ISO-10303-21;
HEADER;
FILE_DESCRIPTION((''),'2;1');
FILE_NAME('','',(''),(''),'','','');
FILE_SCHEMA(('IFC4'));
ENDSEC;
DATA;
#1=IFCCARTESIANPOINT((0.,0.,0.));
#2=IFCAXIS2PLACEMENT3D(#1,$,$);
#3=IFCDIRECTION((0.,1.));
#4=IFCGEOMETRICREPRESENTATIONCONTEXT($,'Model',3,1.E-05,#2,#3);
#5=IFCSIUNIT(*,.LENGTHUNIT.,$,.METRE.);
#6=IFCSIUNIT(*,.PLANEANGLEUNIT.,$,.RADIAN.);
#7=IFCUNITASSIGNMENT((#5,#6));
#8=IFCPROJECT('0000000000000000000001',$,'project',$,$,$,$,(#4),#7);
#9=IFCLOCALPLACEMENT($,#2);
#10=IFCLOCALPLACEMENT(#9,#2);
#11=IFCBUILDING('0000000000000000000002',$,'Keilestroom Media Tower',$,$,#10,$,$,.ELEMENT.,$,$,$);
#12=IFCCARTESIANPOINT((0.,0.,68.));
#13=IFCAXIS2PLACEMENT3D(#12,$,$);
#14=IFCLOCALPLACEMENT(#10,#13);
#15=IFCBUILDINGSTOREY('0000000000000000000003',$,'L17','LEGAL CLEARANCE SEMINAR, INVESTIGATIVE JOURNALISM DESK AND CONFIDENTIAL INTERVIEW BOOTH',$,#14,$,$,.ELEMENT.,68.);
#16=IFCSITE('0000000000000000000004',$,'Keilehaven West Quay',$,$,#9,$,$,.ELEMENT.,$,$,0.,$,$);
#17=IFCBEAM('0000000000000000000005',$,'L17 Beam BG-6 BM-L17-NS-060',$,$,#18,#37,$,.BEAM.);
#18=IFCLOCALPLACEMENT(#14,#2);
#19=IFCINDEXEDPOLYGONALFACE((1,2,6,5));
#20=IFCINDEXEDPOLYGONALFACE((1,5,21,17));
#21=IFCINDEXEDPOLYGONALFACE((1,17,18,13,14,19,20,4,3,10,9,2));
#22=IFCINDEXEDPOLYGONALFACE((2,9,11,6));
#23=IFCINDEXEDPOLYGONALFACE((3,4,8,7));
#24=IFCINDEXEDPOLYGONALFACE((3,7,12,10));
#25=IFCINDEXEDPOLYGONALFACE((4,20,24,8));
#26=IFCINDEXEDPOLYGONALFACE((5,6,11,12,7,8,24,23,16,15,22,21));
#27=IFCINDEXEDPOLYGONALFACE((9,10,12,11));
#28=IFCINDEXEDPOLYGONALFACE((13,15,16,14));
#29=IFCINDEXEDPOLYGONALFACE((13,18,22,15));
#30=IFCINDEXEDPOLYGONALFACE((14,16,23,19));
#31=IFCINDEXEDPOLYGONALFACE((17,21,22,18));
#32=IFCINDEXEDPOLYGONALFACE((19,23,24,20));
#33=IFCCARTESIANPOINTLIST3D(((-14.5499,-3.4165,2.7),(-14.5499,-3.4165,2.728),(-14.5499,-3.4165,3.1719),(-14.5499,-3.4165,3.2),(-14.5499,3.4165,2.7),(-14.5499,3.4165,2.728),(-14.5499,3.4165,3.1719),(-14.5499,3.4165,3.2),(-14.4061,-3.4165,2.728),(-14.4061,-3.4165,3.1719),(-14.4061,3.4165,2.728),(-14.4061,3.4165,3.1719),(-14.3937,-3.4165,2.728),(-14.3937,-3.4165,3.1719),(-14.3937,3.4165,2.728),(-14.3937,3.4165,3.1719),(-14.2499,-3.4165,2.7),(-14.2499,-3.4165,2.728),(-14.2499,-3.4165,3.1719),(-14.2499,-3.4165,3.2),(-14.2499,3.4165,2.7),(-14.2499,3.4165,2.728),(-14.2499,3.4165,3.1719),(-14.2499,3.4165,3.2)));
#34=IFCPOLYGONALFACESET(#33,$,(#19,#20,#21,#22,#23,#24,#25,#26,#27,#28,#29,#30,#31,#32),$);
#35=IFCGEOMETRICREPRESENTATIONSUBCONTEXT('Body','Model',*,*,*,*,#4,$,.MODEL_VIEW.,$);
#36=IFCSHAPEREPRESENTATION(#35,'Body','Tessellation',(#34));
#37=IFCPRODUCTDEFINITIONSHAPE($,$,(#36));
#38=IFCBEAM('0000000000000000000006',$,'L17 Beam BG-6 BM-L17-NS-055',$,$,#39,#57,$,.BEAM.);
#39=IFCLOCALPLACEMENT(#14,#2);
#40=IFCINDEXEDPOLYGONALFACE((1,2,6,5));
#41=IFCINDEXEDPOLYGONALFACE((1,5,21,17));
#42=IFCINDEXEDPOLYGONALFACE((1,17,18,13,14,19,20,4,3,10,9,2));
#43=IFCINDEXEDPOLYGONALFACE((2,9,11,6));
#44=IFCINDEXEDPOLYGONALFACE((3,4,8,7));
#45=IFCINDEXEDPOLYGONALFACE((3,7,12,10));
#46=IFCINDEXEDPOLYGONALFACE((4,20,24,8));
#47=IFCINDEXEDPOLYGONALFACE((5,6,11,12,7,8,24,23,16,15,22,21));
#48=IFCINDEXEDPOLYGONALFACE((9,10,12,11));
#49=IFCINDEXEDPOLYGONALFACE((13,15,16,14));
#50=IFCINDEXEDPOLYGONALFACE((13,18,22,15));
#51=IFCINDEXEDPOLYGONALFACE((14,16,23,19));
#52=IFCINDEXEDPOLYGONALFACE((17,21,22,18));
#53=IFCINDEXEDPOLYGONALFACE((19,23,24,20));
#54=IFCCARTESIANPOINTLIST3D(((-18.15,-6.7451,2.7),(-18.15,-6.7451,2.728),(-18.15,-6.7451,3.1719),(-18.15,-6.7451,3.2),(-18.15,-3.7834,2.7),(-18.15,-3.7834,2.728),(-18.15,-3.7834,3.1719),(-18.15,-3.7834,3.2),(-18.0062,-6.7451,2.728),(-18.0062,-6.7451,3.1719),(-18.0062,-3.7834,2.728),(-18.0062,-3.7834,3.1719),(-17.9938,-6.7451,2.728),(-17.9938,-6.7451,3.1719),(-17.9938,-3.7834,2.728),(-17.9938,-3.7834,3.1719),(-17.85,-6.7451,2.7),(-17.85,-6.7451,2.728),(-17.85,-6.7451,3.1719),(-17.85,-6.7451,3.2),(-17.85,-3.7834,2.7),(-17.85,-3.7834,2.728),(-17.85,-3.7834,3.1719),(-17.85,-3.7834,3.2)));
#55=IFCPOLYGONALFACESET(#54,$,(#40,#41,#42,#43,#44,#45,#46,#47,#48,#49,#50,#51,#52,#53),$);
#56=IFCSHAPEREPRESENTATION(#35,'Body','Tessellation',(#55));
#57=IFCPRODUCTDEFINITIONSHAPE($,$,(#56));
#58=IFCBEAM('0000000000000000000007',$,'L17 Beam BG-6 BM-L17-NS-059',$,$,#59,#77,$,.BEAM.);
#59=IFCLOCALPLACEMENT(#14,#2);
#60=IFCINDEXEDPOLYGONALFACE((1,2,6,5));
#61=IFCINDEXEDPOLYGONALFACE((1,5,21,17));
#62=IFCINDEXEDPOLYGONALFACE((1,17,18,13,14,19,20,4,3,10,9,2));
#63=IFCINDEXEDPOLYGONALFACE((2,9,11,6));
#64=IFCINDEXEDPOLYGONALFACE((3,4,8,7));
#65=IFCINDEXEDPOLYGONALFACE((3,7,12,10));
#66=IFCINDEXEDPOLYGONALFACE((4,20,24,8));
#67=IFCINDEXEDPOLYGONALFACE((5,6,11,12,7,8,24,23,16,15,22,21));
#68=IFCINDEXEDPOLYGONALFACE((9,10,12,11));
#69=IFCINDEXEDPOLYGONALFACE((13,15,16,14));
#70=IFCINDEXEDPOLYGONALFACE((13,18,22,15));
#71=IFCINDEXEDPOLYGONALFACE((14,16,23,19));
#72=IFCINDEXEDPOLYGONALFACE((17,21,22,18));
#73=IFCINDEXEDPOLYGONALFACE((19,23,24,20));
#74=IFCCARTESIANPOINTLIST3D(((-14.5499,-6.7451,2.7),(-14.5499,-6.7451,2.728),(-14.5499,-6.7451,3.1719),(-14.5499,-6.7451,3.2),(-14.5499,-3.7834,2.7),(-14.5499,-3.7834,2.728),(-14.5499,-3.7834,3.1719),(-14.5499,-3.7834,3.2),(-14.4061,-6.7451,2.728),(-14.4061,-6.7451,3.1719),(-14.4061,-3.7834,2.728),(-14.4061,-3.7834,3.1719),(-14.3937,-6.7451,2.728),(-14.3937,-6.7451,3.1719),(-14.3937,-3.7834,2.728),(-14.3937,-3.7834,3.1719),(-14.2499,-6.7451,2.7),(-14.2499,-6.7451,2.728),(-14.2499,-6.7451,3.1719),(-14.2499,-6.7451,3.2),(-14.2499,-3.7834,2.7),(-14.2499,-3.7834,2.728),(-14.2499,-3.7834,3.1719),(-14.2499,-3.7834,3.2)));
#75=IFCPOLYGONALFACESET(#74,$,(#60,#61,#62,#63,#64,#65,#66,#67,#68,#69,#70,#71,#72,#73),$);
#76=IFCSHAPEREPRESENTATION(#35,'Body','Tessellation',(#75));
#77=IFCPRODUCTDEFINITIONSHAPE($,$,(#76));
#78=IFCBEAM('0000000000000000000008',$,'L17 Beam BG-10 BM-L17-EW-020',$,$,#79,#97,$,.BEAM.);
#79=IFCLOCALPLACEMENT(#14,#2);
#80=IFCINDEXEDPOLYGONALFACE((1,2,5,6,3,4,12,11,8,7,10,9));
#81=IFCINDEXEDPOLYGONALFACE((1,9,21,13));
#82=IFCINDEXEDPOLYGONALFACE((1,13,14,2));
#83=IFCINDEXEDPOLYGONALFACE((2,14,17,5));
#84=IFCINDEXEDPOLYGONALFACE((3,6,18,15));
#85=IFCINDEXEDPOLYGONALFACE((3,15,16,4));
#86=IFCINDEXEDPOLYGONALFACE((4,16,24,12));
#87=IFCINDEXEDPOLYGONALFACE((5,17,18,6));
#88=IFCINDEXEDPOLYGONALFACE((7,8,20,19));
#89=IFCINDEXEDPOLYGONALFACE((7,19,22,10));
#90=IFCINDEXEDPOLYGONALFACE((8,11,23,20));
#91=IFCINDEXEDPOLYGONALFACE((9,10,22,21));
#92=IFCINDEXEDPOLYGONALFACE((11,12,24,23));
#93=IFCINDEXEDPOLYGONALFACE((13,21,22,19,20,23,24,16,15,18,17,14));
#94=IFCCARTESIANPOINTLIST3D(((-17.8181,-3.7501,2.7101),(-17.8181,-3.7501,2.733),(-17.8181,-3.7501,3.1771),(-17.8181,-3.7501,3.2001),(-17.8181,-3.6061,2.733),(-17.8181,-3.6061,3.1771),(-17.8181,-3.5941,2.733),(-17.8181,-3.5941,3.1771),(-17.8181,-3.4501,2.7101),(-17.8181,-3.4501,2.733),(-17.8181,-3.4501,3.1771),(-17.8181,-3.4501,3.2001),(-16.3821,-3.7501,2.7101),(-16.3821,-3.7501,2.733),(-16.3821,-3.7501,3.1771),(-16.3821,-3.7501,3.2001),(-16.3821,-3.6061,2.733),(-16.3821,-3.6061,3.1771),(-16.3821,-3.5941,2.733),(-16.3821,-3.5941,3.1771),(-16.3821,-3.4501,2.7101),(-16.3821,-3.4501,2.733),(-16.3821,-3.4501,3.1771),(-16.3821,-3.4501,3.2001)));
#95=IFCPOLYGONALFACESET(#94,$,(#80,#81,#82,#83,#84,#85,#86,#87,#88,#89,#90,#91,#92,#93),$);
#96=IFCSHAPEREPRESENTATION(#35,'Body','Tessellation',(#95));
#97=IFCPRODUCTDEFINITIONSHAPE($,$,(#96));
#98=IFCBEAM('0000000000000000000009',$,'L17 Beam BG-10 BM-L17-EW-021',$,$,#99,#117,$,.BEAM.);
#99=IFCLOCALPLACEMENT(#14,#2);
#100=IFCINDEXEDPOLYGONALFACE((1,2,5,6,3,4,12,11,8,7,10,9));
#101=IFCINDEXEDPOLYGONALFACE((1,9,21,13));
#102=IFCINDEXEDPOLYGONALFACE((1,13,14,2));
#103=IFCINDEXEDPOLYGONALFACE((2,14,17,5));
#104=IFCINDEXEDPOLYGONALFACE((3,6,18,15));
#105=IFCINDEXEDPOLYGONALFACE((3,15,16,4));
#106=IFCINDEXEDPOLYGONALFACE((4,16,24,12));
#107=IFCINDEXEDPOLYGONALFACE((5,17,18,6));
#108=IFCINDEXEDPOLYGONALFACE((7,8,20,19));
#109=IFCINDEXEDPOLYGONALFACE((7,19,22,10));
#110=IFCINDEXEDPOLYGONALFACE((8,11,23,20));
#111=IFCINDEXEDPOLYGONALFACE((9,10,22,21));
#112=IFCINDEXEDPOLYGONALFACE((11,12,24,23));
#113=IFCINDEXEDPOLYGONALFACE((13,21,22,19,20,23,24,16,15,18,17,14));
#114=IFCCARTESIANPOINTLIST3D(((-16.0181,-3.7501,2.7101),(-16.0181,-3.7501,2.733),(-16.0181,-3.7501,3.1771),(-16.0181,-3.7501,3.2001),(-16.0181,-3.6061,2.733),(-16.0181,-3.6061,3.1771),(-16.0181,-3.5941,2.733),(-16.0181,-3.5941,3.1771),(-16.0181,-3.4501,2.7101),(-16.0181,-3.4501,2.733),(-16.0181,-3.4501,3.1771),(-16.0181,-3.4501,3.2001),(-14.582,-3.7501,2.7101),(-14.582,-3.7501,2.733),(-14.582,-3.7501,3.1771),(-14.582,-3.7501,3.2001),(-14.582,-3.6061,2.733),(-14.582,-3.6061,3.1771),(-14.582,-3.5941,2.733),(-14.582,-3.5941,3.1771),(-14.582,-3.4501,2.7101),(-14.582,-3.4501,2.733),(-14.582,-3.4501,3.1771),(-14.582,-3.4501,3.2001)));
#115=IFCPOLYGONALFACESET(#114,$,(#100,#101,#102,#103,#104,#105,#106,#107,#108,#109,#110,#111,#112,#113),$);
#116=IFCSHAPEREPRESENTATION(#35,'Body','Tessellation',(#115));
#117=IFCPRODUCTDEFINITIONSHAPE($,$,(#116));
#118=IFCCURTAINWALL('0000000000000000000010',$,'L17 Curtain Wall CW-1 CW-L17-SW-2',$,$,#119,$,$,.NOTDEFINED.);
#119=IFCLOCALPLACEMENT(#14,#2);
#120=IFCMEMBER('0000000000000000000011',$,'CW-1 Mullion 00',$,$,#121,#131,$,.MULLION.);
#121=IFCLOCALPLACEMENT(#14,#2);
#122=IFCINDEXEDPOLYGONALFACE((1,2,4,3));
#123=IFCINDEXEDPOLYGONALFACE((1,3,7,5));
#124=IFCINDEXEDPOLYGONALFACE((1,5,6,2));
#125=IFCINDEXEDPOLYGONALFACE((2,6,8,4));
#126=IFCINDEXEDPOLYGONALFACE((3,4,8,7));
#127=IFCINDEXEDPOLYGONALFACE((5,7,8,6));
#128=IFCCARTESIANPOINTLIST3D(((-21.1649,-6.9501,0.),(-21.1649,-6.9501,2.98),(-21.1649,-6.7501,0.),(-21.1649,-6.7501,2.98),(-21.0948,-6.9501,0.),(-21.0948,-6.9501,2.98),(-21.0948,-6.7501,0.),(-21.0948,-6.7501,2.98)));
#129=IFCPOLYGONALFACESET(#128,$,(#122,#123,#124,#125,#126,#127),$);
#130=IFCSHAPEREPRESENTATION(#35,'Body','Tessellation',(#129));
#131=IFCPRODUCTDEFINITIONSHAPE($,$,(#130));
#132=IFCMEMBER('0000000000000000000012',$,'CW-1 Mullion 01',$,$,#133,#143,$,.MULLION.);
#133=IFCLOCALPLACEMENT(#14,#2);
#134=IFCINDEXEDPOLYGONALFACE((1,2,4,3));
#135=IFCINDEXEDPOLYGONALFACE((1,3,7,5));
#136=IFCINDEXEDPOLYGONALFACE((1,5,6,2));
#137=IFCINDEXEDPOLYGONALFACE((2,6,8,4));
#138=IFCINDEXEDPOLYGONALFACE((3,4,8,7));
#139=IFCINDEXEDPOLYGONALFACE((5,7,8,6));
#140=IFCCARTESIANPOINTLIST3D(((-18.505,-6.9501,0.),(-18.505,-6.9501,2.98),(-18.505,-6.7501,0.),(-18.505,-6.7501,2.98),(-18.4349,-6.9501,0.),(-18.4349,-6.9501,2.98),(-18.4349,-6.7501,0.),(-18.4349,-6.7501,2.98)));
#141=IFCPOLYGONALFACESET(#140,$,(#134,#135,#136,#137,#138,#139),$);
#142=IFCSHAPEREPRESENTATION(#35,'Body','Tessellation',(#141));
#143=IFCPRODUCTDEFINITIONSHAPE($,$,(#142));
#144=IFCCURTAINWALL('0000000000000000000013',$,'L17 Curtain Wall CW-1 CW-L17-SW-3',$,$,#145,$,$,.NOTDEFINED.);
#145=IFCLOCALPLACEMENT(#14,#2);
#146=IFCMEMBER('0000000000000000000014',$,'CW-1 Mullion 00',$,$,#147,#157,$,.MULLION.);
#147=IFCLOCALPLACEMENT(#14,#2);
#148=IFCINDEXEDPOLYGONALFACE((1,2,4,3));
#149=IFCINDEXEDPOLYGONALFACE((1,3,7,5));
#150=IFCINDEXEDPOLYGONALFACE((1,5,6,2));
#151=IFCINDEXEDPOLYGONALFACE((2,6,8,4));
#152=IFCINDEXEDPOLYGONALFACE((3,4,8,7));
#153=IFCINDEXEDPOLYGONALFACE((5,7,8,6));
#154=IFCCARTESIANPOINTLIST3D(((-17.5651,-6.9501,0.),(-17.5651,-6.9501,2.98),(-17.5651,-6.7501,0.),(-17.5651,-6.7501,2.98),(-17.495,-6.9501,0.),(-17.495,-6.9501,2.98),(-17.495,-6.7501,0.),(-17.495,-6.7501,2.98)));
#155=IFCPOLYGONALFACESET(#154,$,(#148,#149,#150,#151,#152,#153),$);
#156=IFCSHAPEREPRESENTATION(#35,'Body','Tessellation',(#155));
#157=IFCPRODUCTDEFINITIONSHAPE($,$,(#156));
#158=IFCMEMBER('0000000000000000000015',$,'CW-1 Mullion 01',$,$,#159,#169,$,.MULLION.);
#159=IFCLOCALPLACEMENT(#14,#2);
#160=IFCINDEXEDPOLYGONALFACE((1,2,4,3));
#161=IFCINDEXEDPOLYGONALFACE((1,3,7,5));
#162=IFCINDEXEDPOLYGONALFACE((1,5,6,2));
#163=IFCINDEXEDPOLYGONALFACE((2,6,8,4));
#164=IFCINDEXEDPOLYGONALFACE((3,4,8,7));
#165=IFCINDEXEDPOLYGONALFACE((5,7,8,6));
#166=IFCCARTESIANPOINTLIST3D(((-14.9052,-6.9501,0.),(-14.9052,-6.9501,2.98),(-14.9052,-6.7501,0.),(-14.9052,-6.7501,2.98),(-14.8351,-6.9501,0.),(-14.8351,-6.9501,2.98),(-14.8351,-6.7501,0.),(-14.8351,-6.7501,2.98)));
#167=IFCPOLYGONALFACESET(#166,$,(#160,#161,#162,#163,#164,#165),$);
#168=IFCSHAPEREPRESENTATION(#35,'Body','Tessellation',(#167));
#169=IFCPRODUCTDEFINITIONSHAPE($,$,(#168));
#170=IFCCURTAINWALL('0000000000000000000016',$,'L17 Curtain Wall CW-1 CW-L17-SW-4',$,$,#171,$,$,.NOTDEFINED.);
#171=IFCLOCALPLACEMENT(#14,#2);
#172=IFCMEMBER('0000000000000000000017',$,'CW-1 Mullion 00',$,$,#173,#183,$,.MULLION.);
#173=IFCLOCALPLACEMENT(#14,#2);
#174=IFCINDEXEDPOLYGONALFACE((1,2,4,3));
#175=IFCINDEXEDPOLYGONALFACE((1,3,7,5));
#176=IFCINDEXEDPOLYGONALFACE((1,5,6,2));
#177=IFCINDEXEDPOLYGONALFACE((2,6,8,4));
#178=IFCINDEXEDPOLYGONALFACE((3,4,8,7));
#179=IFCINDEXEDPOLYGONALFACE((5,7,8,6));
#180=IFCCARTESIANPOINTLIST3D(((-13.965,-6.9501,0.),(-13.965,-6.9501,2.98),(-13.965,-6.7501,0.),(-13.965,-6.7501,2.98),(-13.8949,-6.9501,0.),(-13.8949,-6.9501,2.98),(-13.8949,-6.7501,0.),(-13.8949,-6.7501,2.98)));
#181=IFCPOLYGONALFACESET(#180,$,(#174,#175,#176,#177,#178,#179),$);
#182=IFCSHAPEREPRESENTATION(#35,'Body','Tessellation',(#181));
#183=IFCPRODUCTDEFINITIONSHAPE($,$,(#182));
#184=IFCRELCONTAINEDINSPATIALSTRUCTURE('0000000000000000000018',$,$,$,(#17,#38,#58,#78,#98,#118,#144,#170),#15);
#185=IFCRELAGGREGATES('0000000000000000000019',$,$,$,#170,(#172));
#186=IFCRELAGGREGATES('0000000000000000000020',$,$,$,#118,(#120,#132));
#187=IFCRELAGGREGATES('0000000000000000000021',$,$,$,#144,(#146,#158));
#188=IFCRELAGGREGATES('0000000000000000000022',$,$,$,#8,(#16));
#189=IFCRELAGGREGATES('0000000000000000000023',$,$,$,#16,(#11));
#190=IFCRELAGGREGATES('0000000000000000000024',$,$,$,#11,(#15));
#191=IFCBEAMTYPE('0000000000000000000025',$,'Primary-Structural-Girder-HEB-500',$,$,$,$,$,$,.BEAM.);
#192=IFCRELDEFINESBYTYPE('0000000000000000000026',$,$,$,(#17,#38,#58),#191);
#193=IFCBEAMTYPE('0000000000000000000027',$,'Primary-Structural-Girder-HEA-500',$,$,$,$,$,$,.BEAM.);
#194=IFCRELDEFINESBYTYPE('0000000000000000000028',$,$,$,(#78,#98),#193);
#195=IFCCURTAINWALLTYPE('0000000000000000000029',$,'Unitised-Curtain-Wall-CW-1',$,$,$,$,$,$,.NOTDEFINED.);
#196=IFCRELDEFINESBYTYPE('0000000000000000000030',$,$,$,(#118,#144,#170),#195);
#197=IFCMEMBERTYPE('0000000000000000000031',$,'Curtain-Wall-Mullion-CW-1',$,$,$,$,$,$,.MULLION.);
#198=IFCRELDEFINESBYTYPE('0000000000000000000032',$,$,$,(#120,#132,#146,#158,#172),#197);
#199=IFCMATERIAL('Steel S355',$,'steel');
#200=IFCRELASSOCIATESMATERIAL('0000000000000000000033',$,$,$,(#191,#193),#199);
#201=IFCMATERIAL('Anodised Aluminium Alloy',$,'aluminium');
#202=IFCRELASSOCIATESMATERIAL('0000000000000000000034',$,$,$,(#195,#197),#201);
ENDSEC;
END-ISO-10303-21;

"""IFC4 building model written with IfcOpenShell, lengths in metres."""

from ifc_helpers import new_model, si_unit, direction, frame, origin, origin_2d, place, context, subcontext, project, spatial, rectangle, i_section, extrude, source, transform, mapped, material, material_profile, profile_set, type_object, element, aggregate, save


model = new_model("IFC4")

# Units and contexts
model_context = context("Model", 3, precision=1e-05, world=origin(), true_north=direction((0.0, 1.0)))
body_context = subcontext(model_context, "Body", "Model", "MODEL_VIEW")
ifc_project = project(units=[si_unit("LENGTHUNIT", "METRE"), si_unit("PLANEANGLEUNIT", "RADIAN")], contexts=[model_context])

# Site, building, storey
site_placement = place(None, origin())
site = spatial("IfcSite", under=ifc_project, at=site_placement, Name="Keilehaven West Quay", CompositionType="ELEMENT", RefElevation=0.0)
building_placement = place(site_placement, origin())
building = spatial("IfcBuilding", under=site, at=building_placement, Name="Keilestroom Media Tower", CompositionType="ELEMENT")
storey_placement = place(building_placement, frame((0.0, 0.0, 68.0)))
storey = spatial("IfcBuildingStorey", under=building, at=storey_placement, Name="L17", Description="LEGAL CLEARANCE SEMINAR, INVESTIGATIVE JOURNALISM DESK AND CONFIDENTIAL INTERVIEW BOOTH", CompositionType="ELEMENT", Elevation=68.0)

# Beams
ifc_material_1 = material(Name="Steel S355", Category="steel")
ifc_material_profile_1 = material_profile(ifc_material_1, i_section(OverallWidth=0.3, OverallDepth=0.5, WebThickness=0.0125, FlangeThickness=0.0281, at=origin_2d()), Name="HEB 500")
ifc_profile_set_1 = profile_set([ifc_material_profile_1], Name="Steel S355")
beam_type_1 = type_object("IfcBeamType", Name="Primary-Structural-Girder-HEB-500", PredefinedType="BEAM", material=ifc_profile_set_1)
shared_shape_1 = source(origin(), body_context, "Body", "SweptSolid", [
    extrude(i_section(OverallWidth=0.3, OverallDepth=0.5, WebThickness=0.0125, FlangeThickness=0.0281, at=origin_2d()), origin(), (0.0, 0.0, 1.0), 6.833),
])
for number, where, z_axis, x_axis, name in (
    (1, (-14.3999, -3.4165, 2.95), (0.0, 1.0, 0.0), (-1.0, 0.0, 0.0), "L17 Beam BG-6 BM-L17-NS-060"),
):
    element("IfcBeam", number, at=place(storey_placement, frame(where, z_axis=z_axis, x_axis=x_axis)), inside=storey, type_object=beam_type_1, Name=name, PredefinedType="BEAM", context=body_context, shape_type="MappedRepresentation", body=[
        mapped(shared_shape_1, transform((0.0, 0.0, 0.0), x_axis=(1.0, 0.0, 0.0), y_axis=(0.0, 1.0, 0.0), z_axis=(0.0, 0.0, 1.0), scale=1.0)),
    ])
shared_shape_2 = source(origin(), body_context, "Body", "SweptSolid", [
    extrude(i_section(OverallWidth=0.3, OverallDepth=0.5, WebThickness=0.0125, FlangeThickness=0.0281, at=origin_2d()), origin(), (0.0, 0.0, 1.0), 2.9617),
])
for number, where, z_axis, x_axis, name in (
    (2, (-18.0, -6.7451, 2.95), (0.0, 1.0, 0.0), (-1.0, 0.0, 0.0), "L17 Beam BG-6 BM-L17-NS-055"),
    (3, (-14.3999, -6.7451, 2.95), (0.0, 1.0, 0.0), (-1.0, 0.0, 0.0), "L17 Beam BG-6 BM-L17-NS-059"),
):
    element("IfcBeam", number, at=place(storey_placement, frame(where, z_axis=z_axis, x_axis=x_axis)), inside=storey, type_object=beam_type_1, Name=name, PredefinedType="BEAM", context=body_context, shape_type="MappedRepresentation", body=[
        mapped(shared_shape_2, transform((0.0, 0.0, 0.0), x_axis=(1.0, 0.0, 0.0), y_axis=(0.0, 1.0, 0.0), z_axis=(0.0, 0.0, 1.0), scale=1.0)),
    ])
ifc_material_profile_2 = material_profile(ifc_material_1, i_section(OverallWidth=0.3, OverallDepth=0.49, WebThickness=0.012, FlangeThickness=0.0229, at=origin_2d()), Name="HEA 500")
ifc_profile_set_2 = profile_set([ifc_material_profile_2], Name="Steel S355")
beam_type_2 = type_object("IfcBeamType", Name="Primary-Structural-Girder-HEA-500", PredefinedType="BEAM", material=ifc_profile_set_2)
shared_shape_3 = source(origin(), body_context, "Body", "SweptSolid", [
    extrude(i_section(OverallWidth=0.3, OverallDepth=0.49, WebThickness=0.012, FlangeThickness=0.0229, at=origin_2d()), origin(), (0.0, 0.0, 1.0), 1.436),
])
for number, where, z_axis, x_axis, name in (
    (4, (-17.8181, -3.6001, 2.9551), (1.0, 0.0, 0.0), (0.0, 1.0, 0.0), "L17 Beam BG-10 BM-L17-EW-020"),
    (5, (-16.0181, -3.6001, 2.9551), (1.0, 0.0, 0.0), (0.0, 1.0, 0.0), "L17 Beam BG-10 BM-L17-EW-021"),
):
    element("IfcBeam", number, at=place(storey_placement, frame(where, z_axis=z_axis, x_axis=x_axis)), inside=storey, type_object=beam_type_2, Name=name, PredefinedType="BEAM", context=body_context, shape_type="MappedRepresentation", body=[
        mapped(shared_shape_3, transform((0.0, 0.0, 0.0), x_axis=(1.0, 0.0, 0.0), y_axis=(0.0, 1.0, 0.0), z_axis=(0.0, 0.0, 1.0), scale=1.0)),
    ])

# Curtain walls, members
ifc_material_2 = material(Name="Anodised Aluminium Alloy", Category="aluminium")
curtain_wall_type = type_object("IfcCurtainWallType", Name="Unitised-Curtain-Wall-CW-1", PredefinedType="NOTDEFINED", material=ifc_material_2)
curtain_wall_1_placement = place(storey_placement, origin())
curtain_wall_1 = element("IfcCurtainWall", 6, at=curtain_wall_1_placement, inside=storey, type_object=curtain_wall_type, Name="L17 Curtain Wall CW-1 CW-L17-SW-2", PredefinedType="NOTDEFINED")
ifc_material_profile_3 = material_profile(ifc_material_2, rectangle(XDim=0.0701, YDim=0.2, at=origin_2d()), Name="ALU MULLION 70x200")
ifc_profile_set_3 = profile_set([ifc_material_profile_3], Name="Anodised Aluminium Alloy")
member_type_1 = type_object("IfcMemberType", Name="Curtain-Wall-Mullion-CW-1", PredefinedType="MULLION", material=ifc_profile_set_3)
shared_shape_4 = source(origin(), body_context, "Body", "SweptSolid", [
    extrude(rectangle(XDim=0.0701, YDim=0.2, at=origin_2d()), origin(), (0.0, 0.0, 1.0), 2.98),
])
member_1_placement = place(storey_placement, frame((-21.1299, -6.8501, 0.0), z_axis=(0.0, 0.0, 1.0), x_axis=(1.0, 0.0, 0.0)))
member_1 = element("IfcMember", 7, at=member_1_placement, type_object=member_type_1, Name="CW-1 Mullion 00", PredefinedType="MULLION", context=body_context, shape_type="MappedRepresentation", body=[
    mapped(shared_shape_4, transform((0.0, 0.0, 0.0), x_axis=(1.0, 0.0, 0.0), y_axis=(0.0, 1.0, 0.0), z_axis=(0.0, 0.0, 1.0), scale=1.0)),
])
member_2_placement = place(storey_placement, frame((-18.47, -6.8501, 0.0), z_axis=(0.0, 0.0, 1.0), x_axis=(1.0, 0.0, 0.0)))
member_2 = element("IfcMember", 8, at=member_2_placement, type_object=member_type_1, Name="CW-1 Mullion 01", PredefinedType="MULLION", context=body_context, shape_type="MappedRepresentation", body=[
    mapped(shared_shape_4, transform((0.0, 0.0, 0.0), x_axis=(1.0, 0.0, 0.0), y_axis=(0.0, 1.0, 0.0), z_axis=(0.0, 0.0, 1.0), scale=1.0)),
])
curtain_wall_2_placement = place(storey_placement, origin())
curtain_wall_2 = element("IfcCurtainWall", 9, at=curtain_wall_2_placement, inside=storey, type_object=curtain_wall_type, Name="L17 Curtain Wall CW-1 CW-L17-SW-3", PredefinedType="NOTDEFINED")
member_3_placement = place(storey_placement, frame((-17.53, -6.8501, 0.0), z_axis=(0.0, 0.0, 1.0), x_axis=(1.0, 0.0, 0.0)))
member_3 = element("IfcMember", 10, at=member_3_placement, type_object=member_type_1, Name="CW-1 Mullion 00", PredefinedType="MULLION", context=body_context, shape_type="MappedRepresentation", body=[
    mapped(shared_shape_4, transform((0.0, 0.0, 0.0), x_axis=(1.0, 0.0, 0.0), y_axis=(0.0, 1.0, 0.0), z_axis=(0.0, 0.0, 1.0), scale=1.0)),
])
member_4_placement = place(storey_placement, frame((-14.8701, -6.8501, 0.0), z_axis=(0.0, 0.0, 1.0), x_axis=(1.0, 0.0, 0.0)))
member_4 = element("IfcMember", 11, at=member_4_placement, type_object=member_type_1, Name="CW-1 Mullion 01", PredefinedType="MULLION", context=body_context, shape_type="MappedRepresentation", body=[
    mapped(shared_shape_4, transform((0.0, 0.0, 0.0), x_axis=(1.0, 0.0, 0.0), y_axis=(0.0, 1.0, 0.0), z_axis=(0.0, 0.0, 1.0), scale=1.0)),
])

# Curtain wall, member
curtain_wall_3_placement = place(storey_placement, origin())
curtain_wall_3 = element("IfcCurtainWall", 12, at=curtain_wall_3_placement, inside=storey, type_object=curtain_wall_type, Name="L17 Curtain Wall CW-1 CW-L17-SW-4", PredefinedType="NOTDEFINED")
member_5_placement = place(storey_placement, frame((-13.9299, -6.8501, 0.0), z_axis=(0.0, 0.0, 1.0), x_axis=(1.0, 0.0, 0.0)))
member_5 = element("IfcMember", 13, at=member_5_placement, type_object=member_type_1, Name="CW-1 Mullion 00", PredefinedType="MULLION", context=body_context, shape_type="MappedRepresentation", body=[
    mapped(shared_shape_4, transform((0.0, 0.0, 0.0), x_axis=(1.0, 0.0, 0.0), y_axis=(0.0, 1.0, 0.0), z_axis=(0.0, 0.0, 1.0), scale=1.0)),
])

aggregate(curtain_wall_3, [member_5])

aggregate(curtain_wall_1, [member_1, member_2])
aggregate(curtain_wall_2, [member_3, member_4])

save(model, "model.ifc")
